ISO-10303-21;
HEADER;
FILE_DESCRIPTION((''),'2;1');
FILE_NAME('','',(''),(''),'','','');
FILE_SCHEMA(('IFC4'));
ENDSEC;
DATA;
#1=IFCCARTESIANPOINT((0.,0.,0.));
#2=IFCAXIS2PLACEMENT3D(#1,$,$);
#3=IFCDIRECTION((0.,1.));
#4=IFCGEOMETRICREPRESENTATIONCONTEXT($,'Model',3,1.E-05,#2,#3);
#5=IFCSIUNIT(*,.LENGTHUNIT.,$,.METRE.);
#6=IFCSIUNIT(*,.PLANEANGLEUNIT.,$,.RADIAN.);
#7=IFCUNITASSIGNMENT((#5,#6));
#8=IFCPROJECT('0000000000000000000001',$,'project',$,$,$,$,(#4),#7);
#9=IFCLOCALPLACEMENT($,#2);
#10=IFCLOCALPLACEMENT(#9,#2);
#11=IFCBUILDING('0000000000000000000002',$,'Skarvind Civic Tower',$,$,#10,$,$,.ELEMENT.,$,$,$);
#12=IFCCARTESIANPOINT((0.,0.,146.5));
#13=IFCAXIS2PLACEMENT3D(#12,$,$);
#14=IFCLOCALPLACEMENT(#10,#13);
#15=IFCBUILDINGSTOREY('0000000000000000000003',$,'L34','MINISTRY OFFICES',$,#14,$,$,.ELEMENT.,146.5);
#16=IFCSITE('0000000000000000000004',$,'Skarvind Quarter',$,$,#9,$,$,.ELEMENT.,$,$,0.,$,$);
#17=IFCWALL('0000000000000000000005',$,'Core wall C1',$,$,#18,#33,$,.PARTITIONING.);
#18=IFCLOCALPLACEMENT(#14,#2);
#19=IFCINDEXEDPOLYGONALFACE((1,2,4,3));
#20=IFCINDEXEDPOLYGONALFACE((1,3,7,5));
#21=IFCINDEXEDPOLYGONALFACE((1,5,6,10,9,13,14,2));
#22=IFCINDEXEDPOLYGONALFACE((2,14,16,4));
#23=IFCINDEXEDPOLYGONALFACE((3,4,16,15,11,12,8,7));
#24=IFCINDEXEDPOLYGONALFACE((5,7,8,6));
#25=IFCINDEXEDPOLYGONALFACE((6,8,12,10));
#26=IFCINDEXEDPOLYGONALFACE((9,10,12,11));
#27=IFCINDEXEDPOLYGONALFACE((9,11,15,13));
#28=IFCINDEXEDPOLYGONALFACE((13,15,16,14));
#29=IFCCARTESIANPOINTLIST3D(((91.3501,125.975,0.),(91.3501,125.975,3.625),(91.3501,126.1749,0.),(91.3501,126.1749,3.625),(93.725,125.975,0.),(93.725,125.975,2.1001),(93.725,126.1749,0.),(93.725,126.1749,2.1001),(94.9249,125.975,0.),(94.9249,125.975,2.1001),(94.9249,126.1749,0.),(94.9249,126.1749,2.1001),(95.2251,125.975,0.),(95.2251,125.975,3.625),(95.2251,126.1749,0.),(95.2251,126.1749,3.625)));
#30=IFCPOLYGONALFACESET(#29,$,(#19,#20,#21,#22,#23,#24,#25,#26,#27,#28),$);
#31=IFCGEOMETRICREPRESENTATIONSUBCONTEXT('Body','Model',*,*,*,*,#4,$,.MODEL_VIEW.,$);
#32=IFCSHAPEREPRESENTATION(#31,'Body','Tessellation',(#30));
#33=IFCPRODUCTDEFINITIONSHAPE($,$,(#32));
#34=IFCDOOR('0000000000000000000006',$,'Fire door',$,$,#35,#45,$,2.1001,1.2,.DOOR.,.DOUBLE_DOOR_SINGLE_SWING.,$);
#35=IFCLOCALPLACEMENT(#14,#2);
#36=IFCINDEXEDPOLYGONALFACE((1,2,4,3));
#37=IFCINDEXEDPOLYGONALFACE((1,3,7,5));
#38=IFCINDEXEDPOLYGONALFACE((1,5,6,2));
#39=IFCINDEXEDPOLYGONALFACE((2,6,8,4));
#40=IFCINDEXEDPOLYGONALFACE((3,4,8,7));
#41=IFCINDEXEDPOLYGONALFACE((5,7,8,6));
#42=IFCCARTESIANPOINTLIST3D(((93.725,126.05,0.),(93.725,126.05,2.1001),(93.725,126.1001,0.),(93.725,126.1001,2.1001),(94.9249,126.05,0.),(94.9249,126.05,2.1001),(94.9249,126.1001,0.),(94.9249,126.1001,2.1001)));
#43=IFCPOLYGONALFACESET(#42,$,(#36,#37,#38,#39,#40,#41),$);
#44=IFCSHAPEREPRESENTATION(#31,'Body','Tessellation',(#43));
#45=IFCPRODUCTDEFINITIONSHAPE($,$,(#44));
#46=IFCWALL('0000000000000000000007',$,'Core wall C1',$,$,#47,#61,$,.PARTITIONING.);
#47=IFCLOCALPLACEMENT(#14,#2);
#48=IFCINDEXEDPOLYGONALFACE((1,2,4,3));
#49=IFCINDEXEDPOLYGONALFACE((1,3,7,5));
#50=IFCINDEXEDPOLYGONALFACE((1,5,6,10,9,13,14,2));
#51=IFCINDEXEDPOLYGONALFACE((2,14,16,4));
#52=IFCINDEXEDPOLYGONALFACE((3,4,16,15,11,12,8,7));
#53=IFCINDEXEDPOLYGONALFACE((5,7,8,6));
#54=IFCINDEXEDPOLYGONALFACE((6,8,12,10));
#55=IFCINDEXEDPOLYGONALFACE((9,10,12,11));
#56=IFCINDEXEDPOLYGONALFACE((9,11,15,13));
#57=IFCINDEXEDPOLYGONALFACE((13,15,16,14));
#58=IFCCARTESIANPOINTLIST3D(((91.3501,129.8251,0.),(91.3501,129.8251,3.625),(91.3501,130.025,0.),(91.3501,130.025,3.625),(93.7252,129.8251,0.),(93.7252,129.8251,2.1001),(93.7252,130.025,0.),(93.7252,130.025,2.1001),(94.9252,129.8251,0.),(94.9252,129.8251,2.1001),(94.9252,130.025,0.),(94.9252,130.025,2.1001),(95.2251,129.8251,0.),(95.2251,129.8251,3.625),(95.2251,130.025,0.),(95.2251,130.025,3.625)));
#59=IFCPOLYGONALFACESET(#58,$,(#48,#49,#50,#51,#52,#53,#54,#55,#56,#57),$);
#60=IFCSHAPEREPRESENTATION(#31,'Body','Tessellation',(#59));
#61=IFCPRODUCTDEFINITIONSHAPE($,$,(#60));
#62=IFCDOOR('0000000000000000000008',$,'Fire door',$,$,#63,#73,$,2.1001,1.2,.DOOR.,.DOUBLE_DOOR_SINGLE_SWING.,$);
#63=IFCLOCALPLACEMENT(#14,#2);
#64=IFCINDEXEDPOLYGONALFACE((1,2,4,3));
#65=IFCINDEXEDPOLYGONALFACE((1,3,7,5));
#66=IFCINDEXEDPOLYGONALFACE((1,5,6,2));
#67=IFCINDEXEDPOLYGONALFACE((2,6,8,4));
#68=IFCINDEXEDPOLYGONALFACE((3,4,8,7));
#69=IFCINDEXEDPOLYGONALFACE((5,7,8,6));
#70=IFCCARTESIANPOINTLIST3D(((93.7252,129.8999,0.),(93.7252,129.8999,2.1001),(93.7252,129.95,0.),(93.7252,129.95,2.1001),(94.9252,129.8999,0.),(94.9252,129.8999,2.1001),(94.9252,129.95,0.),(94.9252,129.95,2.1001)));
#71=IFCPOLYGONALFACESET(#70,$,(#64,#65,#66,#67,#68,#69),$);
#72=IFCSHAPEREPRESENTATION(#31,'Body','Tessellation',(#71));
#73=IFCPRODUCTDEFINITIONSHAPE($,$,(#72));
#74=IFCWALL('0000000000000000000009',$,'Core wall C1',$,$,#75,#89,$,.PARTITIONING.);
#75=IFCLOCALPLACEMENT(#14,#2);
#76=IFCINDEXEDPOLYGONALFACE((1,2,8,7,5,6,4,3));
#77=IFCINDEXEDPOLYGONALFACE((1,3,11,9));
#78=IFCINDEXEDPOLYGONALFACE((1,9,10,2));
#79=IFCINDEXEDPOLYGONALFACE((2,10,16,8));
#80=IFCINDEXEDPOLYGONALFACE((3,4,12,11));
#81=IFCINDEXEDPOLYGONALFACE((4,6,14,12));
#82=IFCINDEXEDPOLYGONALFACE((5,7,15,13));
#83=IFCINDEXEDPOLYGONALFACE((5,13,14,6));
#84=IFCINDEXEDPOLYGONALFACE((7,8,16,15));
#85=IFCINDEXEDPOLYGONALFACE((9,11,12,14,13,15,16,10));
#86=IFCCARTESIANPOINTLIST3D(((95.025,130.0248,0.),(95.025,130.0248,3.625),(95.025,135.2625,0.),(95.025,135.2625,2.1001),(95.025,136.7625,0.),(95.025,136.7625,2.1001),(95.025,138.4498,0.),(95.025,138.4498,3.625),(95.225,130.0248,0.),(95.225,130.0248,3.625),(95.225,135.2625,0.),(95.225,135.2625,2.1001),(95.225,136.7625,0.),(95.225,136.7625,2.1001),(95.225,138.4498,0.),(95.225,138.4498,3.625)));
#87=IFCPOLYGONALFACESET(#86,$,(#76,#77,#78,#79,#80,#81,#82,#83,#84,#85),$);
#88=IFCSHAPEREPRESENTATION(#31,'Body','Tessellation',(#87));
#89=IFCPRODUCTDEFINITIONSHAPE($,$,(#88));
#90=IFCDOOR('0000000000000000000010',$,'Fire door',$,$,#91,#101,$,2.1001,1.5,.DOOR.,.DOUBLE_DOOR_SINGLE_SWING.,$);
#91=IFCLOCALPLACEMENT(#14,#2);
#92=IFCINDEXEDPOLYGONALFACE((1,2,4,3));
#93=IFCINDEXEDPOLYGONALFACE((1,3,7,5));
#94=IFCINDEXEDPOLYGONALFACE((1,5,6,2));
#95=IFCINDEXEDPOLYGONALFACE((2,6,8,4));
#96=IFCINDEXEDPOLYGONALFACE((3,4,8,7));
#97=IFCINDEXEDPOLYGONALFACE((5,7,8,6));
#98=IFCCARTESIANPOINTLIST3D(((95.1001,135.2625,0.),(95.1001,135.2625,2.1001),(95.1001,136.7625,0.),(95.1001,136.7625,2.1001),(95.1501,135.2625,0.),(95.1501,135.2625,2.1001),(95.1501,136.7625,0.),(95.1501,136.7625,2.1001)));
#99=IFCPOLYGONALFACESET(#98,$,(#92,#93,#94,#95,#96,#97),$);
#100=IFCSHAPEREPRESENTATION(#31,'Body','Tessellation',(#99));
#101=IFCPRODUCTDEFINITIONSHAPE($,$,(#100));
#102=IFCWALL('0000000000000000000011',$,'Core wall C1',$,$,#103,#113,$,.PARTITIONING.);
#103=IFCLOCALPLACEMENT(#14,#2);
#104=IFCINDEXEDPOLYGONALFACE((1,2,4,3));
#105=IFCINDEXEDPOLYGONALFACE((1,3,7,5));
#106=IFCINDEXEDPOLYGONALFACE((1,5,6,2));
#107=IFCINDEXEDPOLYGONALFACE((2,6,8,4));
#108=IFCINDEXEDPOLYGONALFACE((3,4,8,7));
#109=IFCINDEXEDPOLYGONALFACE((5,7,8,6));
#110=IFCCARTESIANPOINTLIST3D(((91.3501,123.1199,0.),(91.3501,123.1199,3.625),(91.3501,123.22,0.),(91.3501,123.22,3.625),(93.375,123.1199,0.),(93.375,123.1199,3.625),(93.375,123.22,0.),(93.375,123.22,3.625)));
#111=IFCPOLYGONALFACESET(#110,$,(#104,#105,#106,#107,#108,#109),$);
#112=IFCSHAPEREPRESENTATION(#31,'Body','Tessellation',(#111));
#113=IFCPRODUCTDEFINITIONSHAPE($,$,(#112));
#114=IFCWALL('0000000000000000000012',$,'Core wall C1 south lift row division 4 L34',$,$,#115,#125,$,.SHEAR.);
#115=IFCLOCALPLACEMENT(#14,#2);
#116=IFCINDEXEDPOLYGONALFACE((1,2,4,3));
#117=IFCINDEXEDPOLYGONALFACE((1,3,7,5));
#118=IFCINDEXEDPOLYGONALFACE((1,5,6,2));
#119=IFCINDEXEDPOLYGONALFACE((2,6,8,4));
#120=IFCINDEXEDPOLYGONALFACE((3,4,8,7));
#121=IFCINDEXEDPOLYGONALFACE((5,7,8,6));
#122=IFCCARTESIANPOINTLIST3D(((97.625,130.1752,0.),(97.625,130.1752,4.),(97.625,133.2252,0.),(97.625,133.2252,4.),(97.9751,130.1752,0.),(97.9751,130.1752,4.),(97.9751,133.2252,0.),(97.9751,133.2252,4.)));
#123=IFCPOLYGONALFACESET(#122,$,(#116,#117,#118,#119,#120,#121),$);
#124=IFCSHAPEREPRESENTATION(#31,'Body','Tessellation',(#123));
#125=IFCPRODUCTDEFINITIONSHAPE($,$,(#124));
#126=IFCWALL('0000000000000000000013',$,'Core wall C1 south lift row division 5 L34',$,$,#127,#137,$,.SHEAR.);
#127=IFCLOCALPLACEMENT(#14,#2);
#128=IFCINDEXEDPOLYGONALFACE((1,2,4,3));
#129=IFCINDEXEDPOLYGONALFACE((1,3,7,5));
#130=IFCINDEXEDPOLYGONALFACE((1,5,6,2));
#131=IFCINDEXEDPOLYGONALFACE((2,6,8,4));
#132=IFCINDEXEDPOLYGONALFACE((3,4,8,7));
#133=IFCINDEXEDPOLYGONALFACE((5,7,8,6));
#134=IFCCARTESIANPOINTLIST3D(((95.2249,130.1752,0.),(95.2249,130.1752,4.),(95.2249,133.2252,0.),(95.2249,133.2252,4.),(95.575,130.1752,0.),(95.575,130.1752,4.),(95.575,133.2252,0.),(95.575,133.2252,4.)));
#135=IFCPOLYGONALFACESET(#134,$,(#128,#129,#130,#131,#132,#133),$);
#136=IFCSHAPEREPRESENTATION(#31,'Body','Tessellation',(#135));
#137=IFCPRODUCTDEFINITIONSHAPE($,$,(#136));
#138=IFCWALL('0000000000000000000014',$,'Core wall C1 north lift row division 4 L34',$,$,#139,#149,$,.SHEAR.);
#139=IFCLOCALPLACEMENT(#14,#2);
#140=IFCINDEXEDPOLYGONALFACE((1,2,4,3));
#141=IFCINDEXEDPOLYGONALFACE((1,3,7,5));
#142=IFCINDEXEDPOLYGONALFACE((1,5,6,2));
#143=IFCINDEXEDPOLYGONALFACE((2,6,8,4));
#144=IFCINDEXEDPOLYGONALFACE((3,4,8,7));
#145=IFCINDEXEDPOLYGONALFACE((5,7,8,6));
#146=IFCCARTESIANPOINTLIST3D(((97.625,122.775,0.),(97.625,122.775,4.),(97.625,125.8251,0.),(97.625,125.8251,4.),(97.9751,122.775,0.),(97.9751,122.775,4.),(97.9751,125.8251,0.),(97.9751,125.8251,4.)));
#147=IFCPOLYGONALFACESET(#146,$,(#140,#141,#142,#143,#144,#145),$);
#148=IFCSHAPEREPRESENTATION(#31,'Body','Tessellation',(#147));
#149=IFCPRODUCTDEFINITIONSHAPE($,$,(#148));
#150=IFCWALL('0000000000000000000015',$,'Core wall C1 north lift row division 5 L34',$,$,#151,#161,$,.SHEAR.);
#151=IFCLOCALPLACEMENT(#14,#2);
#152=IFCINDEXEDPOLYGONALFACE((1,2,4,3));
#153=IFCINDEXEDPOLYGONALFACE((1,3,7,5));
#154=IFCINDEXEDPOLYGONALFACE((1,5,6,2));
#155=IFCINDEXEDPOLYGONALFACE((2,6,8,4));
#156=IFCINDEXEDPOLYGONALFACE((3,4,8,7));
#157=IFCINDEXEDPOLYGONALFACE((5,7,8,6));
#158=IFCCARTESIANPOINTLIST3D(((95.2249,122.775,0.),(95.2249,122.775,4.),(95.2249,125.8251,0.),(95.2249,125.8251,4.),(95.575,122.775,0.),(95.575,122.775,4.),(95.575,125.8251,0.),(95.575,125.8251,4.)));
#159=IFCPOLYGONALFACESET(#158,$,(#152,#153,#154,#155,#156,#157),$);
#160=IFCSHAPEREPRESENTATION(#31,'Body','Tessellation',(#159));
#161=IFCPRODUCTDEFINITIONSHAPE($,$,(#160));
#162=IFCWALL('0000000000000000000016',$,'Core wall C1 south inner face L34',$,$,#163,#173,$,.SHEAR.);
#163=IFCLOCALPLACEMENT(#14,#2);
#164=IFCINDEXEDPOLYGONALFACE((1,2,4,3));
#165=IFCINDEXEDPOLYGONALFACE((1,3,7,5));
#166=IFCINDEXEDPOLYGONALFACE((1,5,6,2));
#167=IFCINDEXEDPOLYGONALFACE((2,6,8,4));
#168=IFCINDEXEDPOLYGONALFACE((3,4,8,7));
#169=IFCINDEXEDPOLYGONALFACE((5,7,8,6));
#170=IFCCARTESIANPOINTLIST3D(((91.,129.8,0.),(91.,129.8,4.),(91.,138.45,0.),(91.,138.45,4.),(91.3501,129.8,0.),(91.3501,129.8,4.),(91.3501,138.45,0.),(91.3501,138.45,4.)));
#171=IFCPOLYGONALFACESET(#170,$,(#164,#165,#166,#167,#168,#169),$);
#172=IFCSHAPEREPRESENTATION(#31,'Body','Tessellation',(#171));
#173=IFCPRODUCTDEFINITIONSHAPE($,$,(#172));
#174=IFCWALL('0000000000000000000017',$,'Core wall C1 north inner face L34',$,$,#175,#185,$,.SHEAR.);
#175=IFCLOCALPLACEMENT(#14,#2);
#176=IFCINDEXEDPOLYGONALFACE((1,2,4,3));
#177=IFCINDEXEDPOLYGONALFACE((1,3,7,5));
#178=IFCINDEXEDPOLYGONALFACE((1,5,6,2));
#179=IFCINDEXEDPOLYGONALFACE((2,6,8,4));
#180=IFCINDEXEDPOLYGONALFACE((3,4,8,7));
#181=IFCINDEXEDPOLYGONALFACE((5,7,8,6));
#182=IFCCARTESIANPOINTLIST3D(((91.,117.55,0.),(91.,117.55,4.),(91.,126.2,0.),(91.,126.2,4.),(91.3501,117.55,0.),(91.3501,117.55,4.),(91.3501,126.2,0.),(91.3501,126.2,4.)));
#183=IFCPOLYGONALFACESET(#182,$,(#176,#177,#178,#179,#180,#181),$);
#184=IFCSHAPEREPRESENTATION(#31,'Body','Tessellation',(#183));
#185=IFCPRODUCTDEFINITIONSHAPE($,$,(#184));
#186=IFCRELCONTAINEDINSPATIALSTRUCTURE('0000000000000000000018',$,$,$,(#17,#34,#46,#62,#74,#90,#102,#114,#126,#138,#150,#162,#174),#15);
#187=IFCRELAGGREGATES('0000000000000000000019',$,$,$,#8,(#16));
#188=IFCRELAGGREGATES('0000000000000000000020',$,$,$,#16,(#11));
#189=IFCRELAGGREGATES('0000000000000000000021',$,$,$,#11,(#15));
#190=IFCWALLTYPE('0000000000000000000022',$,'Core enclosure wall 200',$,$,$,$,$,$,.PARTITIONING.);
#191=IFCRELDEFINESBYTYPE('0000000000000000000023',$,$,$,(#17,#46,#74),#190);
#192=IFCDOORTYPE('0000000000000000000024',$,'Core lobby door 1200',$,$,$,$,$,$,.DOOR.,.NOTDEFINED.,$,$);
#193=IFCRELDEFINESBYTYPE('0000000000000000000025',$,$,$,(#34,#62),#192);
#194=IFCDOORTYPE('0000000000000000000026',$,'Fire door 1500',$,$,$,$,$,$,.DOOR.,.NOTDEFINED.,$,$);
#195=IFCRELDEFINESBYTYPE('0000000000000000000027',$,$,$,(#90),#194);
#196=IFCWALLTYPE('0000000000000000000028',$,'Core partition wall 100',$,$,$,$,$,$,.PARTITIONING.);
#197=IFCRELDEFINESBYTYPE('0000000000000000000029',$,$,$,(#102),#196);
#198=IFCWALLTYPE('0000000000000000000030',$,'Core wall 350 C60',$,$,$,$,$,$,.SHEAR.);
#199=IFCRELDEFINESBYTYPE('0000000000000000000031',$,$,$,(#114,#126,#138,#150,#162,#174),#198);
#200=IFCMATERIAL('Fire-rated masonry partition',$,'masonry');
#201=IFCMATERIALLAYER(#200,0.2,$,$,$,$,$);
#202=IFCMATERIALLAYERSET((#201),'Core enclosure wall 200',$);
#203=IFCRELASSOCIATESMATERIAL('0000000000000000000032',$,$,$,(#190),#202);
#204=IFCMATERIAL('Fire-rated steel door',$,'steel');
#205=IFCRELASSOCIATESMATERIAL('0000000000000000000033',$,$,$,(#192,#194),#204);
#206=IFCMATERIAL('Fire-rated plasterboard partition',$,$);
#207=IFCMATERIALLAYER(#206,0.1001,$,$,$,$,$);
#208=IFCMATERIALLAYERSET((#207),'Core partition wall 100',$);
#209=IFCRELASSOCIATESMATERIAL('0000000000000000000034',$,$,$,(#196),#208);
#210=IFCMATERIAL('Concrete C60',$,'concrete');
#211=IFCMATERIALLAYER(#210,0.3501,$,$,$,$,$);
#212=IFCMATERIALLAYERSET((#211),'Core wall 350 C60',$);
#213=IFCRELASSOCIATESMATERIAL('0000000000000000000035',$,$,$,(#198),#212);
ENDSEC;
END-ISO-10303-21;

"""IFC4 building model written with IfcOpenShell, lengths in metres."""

from ifc_helpers import new_model, si_unit, direction, frame, frame_2d, origin, place, context, subcontext, project, spatial, rectangle, extrude, material, layer, layer_set, type_object, element, fill, save


model = new_model("IFC4")

# Units and contexts
model_context = context("Model", 3, precision=1e-05, world=origin(), true_north=direction((0.0, 1.0)))
body_context = subcontext(model_context, "Body", "Model", "MODEL_VIEW")
ifc_project = project(units=[si_unit("LENGTHUNIT", "METRE"), si_unit("PLANEANGLEUNIT", "RADIAN")], contexts=[model_context])

# Site, building, storey
site_placement = place(None, origin())
site = spatial("IfcSite", under=ifc_project, at=site_placement, Name="Skarvind Quarter", CompositionType="ELEMENT", RefElevation=0.0)
building_placement = place(site_placement, origin())
building = spatial("IfcBuilding", under=site, at=building_placement, Name="Skarvind Civic Tower", CompositionType="ELEMENT")
storey_placement = place(building_placement, frame((0.0, 0.0, 146.5)))
storey = spatial("IfcBuildingStorey", under=building, at=storey_placement, Name="L34", Description="MINISTRY OFFICES", CompositionType="ELEMENT", Elevation=146.5)

# Shared definitions
ifc_material_1 = material(Name="Concrete C60", Category="concrete")

# Walls, openings, doors
ifc_material_2 = material(Name="Fire-rated masonry partition", Category="masonry")
ifc_layer_1 = layer(ifc_material_2, 0.2)
ifc_layer_set_1 = layer_set([ifc_layer_1], Name="Core enclosure wall 200")
wall_type_1 = type_object("IfcWallType", Name="Core enclosure wall 200", PredefinedType="PARTITIONING", material=ifc_layer_set_1)
wall_1_placement = place(storey_placement, frame((95.2251, 126.075, 0.0), z_axis=(0.0, 0.0, 1.0), x_axis=(-1.0, 0.0, 0.0)))
wall_1 = element("IfcWall", 1, at=wall_1_placement, inside=storey, type_object=wall_type_1, Name="Core wall C1", PredefinedType="PARTITIONING", context=body_context, shape_type="SweptSolid", body=[
    extrude(rectangle(XDim=3.875, YDim=0.2, at=frame_2d((1.9375, 0.0))), origin(), (0.0, 0.0, 1.0), 3.625),
])
opening_1_placement = place(wall_1_placement, frame((0.3, 0.0, 0.0)))
opening_1 = element("IfcOpeningElement", 2, at=opening_1_placement, cuts=wall_1, PredefinedType="OPENING", context=body_context, shape_type="SweptSolid", body=[
    extrude(rectangle(XDim=1.2, YDim=2.1001, at=frame_2d((0.6001, 1.05))), frame((0.0, 0.1099, 0.0), z_axis=(0.0, -1.0, 0.0), x_axis=(1.0, 0.0, 0.0)), (0.0, 0.0, 1.0), 0.22),
])
ifc_material_3 = material(Name="Fire-rated steel door", Category="steel")
door_type_1 = type_object("IfcDoorType", Name="Core lobby door 1200", OperationType="NOTDEFINED", PredefinedType="DOOR", material=ifc_material_3)
door_1_placement = place(opening_1_placement, origin())
door_1 = element("IfcDoor", 3, at=door_1_placement, inside=storey, type_object=door_type_1, Name="Fire door", OperationType="DOUBLE_DOOR_SINGLE_SWING", OverallHeight=2.1001, OverallWidth=1.2, PredefinedType="DOOR", context=body_context, shape_type="SweptSolid", body=[
    extrude(rectangle(XDim=1.2, YDim=2.1001, at=frame_2d((0.6001, 1.05))), frame((0.0, 0.0249, 0.0), z_axis=(0.0, -1.0, 0.0), x_axis=(1.0, 0.0, 0.0)), (0.0, 0.0, 1.0), 0.05),
])
fill(opening_1, door_1)
wall_2_placement = place(storey_placement, frame((91.3501, 129.925, 0.0), z_axis=(0.0, 0.0, 1.0), x_axis=(1.0, 0.0, 0.0)))
wall_2 = element("IfcWall", 4, at=wall_2_placement, inside=storey, type_object=wall_type_1, Name="Core wall C1", PredefinedType="PARTITIONING", context=body_context, shape_type="SweptSolid", body=[
    extrude(rectangle(XDim=3.875, YDim=0.2, at=frame_2d((1.9375, 0.0))), origin(), (0.0, 0.0, 1.0), 3.625),
])
opening_2_placement = place(wall_2_placement, frame((2.375, 0.0, 0.0)))
opening_2 = element("IfcOpeningElement", 5, at=opening_2_placement, cuts=wall_2, PredefinedType="OPENING", context=body_context, shape_type="SweptSolid", body=[
    extrude(rectangle(XDim=1.2, YDim=2.1001, at=frame_2d((0.6001, 1.05))), frame((0.0, 0.1099, 0.0), z_axis=(0.0, -1.0, 0.0), x_axis=(1.0, 0.0, 0.0)), (0.0, 0.0, 1.0), 0.22),
])
door_2_placement = place(opening_2_placement, origin())
door_2 = element("IfcDoor", 6, at=door_2_placement, inside=storey, type_object=door_type_1, Name="Fire door", OperationType="DOUBLE_DOOR_SINGLE_SWING", OverallHeight=2.1001, OverallWidth=1.2, PredefinedType="DOOR", context=body_context, shape_type="SweptSolid", body=[
    extrude(rectangle(XDim=1.2, YDim=2.1001, at=frame_2d((0.6001, 1.05))), frame((0.0, 0.0249, 0.0), z_axis=(0.0, -1.0, 0.0), x_axis=(1.0, 0.0, 0.0)), (0.0, 0.0, 1.0), 0.05),
])
fill(opening_2, door_2)
wall_3_placement = place(storey_placement, frame((95.125, 130.0249, 0.0), z_axis=(0.0, 0.0, 1.0), x_axis=(0.0, 1.0, 0.0)))
wall_3 = element("IfcWall", 7, at=wall_3_placement, inside=storey, type_object=wall_type_1, Name="Core wall C1", PredefinedType="PARTITIONING", context=body_context, shape_type="SweptSolid", body=[
    extrude(rectangle(XDim=8.425, YDim=0.2, at=frame_2d((4.2124, 0.0))), origin(), (0.0, 0.0, 1.0), 3.625),
])
opening_3_placement = place(wall_3_placement, frame((5.2375, 0.0, 0.0)))
opening_3 = element("IfcOpeningElement", 8, at=opening_3_placement, cuts=wall_3, PredefinedType="OPENING", context=body_context, shape_type="SweptSolid", body=[
    extrude(rectangle(XDim=1.5, YDim=2.1001, at=frame_2d((0.75, 1.05))), frame((0.0, 0.1099, 0.0), z_axis=(0.0, -1.0, 0.0), x_axis=(1.0, 0.0, 0.0)), (0.0, 0.0, 1.0), 0.22),
])
door_type_2 = type_object("IfcDoorType", Name="Fire door 1500", OperationType="NOTDEFINED", PredefinedType="DOOR", material=ifc_material_3)
door_3_placement = place(opening_3_placement, origin())
door_3 = element("IfcDoor", 9, at=door_3_placement, inside=storey, type_object=door_type_2, Name="Fire door", OperationType="DOUBLE_DOOR_SINGLE_SWING", OverallHeight=2.1001, OverallWidth=1.5, PredefinedType="DOOR", context=body_context, shape_type="SweptSolid", body=[
    extrude(rectangle(XDim=1.5, YDim=2.1001, at=frame_2d((0.75, 1.05))), frame((0.0, 0.0249, 0.0), z_axis=(0.0, -1.0, 0.0), x_axis=(1.0, 0.0, 0.0)), (0.0, 0.0, 1.0), 0.05),
])
fill(opening_3, door_3)

# Walls
ifc_material_4 = material(Name="Fire-rated plasterboard partition")
ifc_layer_2 = layer(ifc_material_4, 0.1001)
ifc_layer_set_2 = layer_set([ifc_layer_2], Name="Core partition wall 100")
wall_type_2 = type_object("IfcWallType", Name="Core partition wall 100", PredefinedType="PARTITIONING", material=ifc_layer_set_2)
wall_4_placement = place(storey_placement, frame((93.375, 123.1699, 0.0), z_axis=(0.0, 0.0, 1.0), x_axis=(-1.0, 0.0, 0.0)))
element("IfcWall", 10, at=wall_4_placement, inside=storey, type_object=wall_type_2, Name="Core wall C1", PredefinedType="PARTITIONING", context=body_context, shape_type="SweptSolid", body=[
    extrude(rectangle(XDim=2.0249, YDim=0.1001, at=frame_2d((1.0125, 0.0))), origin(), (0.0, 0.0, 1.0), 3.625),
])
ifc_layer_3 = layer(ifc_material_1, 0.3501)
ifc_layer_set_3 = layer_set([ifc_layer_3], Name="Core wall 350 C60")
wall_type_3 = type_object("IfcWallType", Name="Core wall 350 C60", PredefinedType="SHEAR", material=ifc_layer_set_3)
for number, where, z_axis, x_axis, name in (
    (11, (97.8, 133.2251, 0.0), (0.0, 0.0, 1.0), (0.0, -1.0, 0.0), "Core wall C1 south lift row division 4 L34"),
    (12, (95.3999, 133.2251, 0.0), (0.0, 0.0, 1.0), (0.0, -1.0, 0.0), "Core wall C1 south lift row division 5 L34"),
    (13, (97.8, 125.825, 0.0), (0.0, 0.0, 1.0), (0.0, -1.0, 0.0), "Core wall C1 north lift row division 4 L34"),
    (14, (95.3999, 125.825, 0.0), (0.0, 0.0, 1.0), (0.0, -1.0, 0.0), "Core wall C1 north lift row division 5 L34"),
):
    element("IfcWall", number, at=place(storey_placement, frame(where, z_axis=z_axis, x_axis=x_axis)), inside=storey, type_object=wall_type_3, Name=name, PredefinedType="SHEAR", context=body_context, shape_type="SweptSolid", body=[
        extrude(rectangle(XDim=3.05, YDim=0.3501, at=frame_2d((1.5249, 0.0))), origin(), (0.0, 0.0, 1.0), 4.0),
    ])
for number, where, z_axis, x_axis, name in (
    (15, (91.175, 138.45, 0.0), (0.0, 0.0, 1.0), (0.0, -1.0, 0.0), "Core wall C1 south inner face L34"),
    (16, (91.175, 126.2, 0.0), (0.0, 0.0, 1.0), (0.0, -1.0, 0.0), "Core wall C1 north inner face L34"),
):
    element("IfcWall", number, at=place(storey_placement, frame(where, z_axis=z_axis, x_axis=x_axis)), inside=storey, type_object=wall_type_3, Name=name, PredefinedType="SHEAR", context=body_context, shape_type="SweptSolid", body=[
        extrude(rectangle(XDim=8.6499, YDim=0.3501, at=frame_2d((4.325, 0.0))), origin(), (0.0, 0.0, 1.0), 4.0),
    ])

save(model, "model.ifc")
